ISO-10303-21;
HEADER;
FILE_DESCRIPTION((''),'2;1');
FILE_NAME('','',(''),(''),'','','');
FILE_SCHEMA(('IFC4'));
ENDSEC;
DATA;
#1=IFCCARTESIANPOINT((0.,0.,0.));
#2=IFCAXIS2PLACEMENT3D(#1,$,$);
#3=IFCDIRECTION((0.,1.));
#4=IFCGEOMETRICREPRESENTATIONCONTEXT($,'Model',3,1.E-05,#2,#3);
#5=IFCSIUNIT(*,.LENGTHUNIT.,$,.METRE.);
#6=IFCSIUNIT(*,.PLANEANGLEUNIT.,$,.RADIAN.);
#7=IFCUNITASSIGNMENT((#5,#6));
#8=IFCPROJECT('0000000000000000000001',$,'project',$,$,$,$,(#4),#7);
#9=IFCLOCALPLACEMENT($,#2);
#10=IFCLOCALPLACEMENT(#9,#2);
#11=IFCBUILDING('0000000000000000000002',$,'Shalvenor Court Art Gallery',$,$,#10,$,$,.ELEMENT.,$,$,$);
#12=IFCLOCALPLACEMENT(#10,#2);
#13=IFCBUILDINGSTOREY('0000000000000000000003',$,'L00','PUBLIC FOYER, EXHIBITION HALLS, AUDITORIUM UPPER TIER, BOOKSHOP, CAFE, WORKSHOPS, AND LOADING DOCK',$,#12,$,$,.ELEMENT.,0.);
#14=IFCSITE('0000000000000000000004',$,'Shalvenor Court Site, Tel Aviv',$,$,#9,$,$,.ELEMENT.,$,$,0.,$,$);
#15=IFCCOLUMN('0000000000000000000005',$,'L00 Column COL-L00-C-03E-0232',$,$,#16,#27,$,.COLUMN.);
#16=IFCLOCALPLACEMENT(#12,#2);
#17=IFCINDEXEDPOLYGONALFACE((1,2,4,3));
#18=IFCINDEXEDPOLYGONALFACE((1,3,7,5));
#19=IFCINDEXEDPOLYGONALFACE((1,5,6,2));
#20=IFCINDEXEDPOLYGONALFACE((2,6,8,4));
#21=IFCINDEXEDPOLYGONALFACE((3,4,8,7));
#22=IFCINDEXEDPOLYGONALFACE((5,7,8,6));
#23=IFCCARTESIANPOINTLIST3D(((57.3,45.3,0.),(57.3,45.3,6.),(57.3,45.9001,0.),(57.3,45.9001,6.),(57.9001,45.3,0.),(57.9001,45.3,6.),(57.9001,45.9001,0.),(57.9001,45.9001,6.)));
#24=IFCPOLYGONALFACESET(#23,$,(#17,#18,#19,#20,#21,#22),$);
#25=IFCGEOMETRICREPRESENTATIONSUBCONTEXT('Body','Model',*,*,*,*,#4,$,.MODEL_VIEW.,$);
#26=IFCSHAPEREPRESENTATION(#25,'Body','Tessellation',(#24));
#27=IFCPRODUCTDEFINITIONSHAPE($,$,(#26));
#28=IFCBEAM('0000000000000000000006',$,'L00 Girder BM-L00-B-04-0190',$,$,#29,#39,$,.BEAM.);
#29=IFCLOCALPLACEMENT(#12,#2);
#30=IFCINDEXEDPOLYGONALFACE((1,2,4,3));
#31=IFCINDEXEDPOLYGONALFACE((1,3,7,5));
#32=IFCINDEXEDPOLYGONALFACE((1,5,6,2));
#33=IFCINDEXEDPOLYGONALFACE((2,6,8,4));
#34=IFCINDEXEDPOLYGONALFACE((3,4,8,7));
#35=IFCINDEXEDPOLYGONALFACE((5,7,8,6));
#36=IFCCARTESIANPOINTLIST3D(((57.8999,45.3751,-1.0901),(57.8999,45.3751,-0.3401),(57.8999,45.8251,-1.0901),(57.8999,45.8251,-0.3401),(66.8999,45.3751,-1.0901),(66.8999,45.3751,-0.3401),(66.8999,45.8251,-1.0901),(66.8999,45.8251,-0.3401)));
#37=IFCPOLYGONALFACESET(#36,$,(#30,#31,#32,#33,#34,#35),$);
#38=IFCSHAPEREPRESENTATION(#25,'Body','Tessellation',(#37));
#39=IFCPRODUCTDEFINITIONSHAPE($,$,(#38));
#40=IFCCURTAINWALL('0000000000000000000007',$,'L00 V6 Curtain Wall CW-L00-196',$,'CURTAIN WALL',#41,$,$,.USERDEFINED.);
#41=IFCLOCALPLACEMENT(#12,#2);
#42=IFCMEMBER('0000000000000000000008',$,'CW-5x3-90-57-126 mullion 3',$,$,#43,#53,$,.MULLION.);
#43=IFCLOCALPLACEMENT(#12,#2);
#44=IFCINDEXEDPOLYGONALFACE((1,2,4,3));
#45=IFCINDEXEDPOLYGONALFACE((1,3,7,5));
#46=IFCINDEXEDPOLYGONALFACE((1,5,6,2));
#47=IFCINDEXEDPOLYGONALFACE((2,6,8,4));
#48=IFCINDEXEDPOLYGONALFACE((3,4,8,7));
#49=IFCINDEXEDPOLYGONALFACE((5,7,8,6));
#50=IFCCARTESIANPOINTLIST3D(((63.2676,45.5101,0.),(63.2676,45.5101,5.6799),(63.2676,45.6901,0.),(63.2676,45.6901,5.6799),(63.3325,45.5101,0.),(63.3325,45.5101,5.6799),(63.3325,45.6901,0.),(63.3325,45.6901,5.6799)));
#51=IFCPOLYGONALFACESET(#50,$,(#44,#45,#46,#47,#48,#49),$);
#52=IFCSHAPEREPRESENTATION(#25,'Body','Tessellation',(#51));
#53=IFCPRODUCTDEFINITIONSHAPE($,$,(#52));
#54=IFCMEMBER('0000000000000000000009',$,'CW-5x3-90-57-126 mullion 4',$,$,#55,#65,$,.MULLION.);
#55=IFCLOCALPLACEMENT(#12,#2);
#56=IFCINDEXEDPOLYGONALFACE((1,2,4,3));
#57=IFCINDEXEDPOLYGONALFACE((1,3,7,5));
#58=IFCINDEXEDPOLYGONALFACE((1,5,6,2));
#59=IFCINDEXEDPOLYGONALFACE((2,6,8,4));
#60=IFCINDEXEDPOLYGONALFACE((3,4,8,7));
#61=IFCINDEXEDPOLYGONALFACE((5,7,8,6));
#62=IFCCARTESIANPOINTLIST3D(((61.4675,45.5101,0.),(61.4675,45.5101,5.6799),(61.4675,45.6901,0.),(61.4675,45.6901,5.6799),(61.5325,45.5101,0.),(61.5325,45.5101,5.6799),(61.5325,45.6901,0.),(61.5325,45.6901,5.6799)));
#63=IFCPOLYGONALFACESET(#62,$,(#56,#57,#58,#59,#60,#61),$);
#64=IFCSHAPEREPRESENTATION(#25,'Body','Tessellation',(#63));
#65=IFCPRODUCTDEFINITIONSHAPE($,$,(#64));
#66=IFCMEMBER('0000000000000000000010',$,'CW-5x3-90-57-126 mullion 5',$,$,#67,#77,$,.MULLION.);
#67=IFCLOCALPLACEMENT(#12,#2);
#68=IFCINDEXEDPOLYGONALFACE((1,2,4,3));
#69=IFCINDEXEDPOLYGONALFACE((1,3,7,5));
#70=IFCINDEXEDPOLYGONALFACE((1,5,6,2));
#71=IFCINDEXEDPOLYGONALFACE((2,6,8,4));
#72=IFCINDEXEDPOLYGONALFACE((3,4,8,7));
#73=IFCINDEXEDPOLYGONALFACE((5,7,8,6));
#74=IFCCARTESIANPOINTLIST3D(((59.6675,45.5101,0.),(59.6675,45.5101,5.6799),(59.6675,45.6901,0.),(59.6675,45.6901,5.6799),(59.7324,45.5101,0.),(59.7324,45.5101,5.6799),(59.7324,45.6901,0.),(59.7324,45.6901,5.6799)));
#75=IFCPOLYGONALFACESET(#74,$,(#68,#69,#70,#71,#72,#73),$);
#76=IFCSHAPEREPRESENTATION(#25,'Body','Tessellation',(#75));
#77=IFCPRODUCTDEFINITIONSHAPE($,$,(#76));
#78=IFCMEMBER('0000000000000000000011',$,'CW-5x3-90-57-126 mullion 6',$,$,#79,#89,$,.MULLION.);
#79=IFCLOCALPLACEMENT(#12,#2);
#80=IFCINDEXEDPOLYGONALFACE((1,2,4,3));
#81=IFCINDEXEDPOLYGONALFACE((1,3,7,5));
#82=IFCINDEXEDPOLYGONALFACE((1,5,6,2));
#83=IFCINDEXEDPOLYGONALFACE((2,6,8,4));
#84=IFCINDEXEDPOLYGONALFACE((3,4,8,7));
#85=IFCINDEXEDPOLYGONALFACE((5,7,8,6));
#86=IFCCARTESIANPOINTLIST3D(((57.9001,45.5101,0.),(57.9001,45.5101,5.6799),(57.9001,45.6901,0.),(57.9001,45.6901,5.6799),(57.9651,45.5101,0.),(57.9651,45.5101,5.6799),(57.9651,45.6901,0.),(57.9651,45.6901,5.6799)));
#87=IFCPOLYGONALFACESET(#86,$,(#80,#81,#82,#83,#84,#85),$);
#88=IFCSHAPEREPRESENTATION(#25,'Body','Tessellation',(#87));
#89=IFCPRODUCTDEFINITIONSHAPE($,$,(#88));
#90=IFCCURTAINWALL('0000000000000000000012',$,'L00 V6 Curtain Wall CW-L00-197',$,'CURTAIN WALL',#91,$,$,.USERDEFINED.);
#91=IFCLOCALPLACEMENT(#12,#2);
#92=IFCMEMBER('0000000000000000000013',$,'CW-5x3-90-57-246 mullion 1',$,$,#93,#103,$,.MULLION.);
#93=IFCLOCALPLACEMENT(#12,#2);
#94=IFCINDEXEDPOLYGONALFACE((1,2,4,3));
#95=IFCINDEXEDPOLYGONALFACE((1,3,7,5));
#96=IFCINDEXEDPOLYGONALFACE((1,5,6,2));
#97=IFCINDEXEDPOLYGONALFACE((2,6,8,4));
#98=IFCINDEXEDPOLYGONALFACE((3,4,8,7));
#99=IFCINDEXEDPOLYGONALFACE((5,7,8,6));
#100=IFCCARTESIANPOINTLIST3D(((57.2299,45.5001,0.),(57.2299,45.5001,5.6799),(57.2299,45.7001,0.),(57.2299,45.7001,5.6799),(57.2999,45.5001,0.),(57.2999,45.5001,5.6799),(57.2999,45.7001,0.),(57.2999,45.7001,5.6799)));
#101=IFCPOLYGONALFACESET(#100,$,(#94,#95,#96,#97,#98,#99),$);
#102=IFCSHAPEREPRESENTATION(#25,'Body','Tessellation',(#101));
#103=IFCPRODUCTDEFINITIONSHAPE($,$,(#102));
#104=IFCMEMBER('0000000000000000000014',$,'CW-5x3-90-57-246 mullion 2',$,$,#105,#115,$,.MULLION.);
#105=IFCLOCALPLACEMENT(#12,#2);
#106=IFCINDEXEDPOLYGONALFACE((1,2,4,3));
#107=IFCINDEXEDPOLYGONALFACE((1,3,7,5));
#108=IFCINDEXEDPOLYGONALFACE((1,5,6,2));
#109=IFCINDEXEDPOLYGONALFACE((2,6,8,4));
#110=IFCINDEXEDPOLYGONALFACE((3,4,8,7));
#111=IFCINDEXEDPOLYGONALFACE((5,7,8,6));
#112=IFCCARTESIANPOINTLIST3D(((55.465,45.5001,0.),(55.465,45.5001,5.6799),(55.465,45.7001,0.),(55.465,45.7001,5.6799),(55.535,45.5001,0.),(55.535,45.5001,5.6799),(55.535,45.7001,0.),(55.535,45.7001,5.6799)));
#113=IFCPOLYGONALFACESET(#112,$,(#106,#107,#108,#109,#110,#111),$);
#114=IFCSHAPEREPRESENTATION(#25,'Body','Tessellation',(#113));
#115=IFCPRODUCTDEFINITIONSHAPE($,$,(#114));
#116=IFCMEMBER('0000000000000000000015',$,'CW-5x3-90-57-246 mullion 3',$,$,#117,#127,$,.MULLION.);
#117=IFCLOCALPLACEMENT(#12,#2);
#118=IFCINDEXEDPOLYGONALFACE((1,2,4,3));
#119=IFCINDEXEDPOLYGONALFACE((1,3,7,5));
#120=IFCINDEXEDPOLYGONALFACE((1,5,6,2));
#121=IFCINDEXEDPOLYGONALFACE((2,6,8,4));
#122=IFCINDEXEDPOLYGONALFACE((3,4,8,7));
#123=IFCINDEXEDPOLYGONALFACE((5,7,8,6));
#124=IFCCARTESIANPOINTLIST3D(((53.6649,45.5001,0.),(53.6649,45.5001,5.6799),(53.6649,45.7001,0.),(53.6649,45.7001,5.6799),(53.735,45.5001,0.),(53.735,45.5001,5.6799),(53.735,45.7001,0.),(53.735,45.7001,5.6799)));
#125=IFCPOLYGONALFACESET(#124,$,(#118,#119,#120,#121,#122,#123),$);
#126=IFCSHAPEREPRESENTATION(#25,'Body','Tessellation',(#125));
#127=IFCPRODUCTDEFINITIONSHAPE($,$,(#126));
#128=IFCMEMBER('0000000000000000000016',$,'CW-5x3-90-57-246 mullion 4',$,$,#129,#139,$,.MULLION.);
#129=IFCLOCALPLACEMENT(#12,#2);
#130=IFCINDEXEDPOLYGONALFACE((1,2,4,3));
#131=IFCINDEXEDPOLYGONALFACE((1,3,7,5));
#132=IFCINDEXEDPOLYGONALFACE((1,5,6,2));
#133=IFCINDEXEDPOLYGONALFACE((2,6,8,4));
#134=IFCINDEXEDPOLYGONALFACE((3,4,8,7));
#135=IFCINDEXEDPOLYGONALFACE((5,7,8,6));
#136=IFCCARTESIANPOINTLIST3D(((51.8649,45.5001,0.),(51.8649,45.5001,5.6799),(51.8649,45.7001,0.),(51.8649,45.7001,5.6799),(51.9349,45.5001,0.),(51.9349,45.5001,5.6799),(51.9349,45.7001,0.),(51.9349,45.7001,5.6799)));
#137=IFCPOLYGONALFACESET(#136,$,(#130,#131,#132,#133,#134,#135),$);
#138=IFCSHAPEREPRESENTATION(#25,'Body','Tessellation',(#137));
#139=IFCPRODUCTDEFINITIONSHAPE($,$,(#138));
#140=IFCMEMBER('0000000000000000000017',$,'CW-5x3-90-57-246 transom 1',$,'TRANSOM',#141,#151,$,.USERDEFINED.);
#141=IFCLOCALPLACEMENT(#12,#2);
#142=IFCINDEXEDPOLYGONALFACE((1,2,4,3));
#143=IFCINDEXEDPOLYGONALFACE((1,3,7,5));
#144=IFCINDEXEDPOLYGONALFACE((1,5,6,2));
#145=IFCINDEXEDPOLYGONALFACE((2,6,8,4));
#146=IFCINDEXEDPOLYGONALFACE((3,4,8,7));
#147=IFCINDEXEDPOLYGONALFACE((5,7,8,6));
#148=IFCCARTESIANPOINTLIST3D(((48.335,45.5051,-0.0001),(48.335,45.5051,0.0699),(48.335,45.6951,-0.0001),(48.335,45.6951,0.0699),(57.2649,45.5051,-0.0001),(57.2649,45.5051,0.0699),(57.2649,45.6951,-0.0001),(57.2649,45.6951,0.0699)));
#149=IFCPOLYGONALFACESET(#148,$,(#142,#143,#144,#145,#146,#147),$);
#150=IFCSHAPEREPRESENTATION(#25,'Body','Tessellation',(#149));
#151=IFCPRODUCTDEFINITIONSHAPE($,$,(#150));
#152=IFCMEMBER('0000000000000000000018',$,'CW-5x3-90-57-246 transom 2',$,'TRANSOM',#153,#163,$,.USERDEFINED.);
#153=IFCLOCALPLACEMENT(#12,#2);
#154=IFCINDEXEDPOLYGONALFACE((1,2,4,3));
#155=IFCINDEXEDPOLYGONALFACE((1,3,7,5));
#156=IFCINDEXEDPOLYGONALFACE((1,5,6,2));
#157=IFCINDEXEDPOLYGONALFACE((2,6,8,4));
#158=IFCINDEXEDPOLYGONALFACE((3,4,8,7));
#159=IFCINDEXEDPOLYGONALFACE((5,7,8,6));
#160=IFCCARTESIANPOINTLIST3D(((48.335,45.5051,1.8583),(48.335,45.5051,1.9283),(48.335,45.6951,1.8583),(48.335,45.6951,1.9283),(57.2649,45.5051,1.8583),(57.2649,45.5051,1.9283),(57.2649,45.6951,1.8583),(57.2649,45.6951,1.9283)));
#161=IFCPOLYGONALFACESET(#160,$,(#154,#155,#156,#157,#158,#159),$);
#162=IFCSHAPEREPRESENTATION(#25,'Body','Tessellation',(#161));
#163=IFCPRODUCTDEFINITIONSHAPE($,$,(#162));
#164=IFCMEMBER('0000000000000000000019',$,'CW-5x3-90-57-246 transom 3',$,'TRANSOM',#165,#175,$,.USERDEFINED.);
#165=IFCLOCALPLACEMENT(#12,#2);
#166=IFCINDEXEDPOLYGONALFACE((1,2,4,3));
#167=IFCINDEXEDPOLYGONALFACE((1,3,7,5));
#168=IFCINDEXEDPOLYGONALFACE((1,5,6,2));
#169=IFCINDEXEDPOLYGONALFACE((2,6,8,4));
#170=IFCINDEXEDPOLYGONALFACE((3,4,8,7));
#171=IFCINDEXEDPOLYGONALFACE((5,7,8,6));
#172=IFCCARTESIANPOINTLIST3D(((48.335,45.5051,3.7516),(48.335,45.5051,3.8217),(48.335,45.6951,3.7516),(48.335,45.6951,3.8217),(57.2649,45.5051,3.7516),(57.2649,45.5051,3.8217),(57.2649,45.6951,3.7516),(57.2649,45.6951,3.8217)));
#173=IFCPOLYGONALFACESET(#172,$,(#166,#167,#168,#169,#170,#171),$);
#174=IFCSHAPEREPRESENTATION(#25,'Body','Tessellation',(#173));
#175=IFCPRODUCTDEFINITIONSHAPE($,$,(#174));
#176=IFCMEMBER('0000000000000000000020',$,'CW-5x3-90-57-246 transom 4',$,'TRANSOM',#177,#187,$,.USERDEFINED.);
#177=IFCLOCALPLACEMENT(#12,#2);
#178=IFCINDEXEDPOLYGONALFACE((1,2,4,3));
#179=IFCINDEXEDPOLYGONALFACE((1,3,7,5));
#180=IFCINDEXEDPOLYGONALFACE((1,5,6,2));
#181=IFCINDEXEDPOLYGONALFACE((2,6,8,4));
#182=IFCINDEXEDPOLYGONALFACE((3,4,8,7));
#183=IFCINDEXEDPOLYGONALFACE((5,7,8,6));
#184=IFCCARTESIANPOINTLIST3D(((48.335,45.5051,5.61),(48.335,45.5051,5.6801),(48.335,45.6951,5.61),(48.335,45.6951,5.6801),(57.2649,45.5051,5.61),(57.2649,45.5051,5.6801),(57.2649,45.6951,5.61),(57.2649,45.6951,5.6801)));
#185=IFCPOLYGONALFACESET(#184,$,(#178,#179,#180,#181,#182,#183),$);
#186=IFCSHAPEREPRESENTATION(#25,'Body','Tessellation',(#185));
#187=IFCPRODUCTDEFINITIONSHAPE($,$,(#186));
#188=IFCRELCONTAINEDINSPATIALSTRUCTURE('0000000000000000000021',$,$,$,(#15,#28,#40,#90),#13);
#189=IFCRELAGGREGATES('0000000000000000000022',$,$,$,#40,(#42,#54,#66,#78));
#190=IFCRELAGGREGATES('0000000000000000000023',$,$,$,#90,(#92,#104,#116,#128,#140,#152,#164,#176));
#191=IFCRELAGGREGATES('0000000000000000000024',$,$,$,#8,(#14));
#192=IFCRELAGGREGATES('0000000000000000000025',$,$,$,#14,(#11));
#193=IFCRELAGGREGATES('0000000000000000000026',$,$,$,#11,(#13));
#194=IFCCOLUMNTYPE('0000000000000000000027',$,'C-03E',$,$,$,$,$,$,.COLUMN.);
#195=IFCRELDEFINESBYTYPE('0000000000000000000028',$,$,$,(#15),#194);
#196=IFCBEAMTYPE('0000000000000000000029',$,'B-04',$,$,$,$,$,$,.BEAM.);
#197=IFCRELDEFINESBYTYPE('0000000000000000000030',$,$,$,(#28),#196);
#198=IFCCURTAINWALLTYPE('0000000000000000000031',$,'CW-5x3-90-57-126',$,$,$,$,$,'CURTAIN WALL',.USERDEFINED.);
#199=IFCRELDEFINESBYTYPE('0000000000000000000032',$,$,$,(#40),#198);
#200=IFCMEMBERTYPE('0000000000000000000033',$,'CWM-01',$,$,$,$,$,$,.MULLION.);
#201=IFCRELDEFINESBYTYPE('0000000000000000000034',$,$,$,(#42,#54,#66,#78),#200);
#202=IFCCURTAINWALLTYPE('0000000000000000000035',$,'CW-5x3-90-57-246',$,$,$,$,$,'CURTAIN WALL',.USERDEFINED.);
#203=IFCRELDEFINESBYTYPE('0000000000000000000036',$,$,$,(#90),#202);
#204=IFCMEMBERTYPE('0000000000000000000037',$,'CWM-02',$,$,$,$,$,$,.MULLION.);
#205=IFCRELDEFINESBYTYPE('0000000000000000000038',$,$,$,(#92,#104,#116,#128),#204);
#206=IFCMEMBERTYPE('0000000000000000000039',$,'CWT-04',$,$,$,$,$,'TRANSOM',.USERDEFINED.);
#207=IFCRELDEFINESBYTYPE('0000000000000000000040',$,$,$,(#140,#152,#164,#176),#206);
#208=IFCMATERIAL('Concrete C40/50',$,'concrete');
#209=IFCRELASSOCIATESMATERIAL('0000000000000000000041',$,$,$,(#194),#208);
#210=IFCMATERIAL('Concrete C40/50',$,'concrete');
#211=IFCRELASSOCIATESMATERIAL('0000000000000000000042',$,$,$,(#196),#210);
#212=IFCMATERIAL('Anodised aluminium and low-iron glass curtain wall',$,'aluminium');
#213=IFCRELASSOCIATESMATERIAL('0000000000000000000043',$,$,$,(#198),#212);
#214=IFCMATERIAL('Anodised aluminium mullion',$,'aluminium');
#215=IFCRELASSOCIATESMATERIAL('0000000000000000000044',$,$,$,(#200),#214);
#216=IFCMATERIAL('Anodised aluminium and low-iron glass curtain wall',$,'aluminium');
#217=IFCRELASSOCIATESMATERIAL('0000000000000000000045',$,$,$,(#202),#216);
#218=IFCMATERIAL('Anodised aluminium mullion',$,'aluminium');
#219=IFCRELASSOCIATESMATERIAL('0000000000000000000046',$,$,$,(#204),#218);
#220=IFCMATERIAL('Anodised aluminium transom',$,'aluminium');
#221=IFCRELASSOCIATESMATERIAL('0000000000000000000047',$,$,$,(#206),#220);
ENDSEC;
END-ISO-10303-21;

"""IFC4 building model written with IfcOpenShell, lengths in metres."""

from ifc_helpers import new_model, si_unit, direction, frame, origin, origin_2d, place, context, subcontext, project, spatial, rectangle, extrude, material, material_profile, profile_set, type_object, element, aggregate, save


model = new_model("IFC4")

# Units and contexts
model_context = context("Model", 3, precision=1e-05, world=origin(), true_north=direction((0.0, 1.0)))
body_context = subcontext(model_context, "Body", "Model", "MODEL_VIEW")
ifc_project = project(units=[si_unit("LENGTHUNIT", "METRE"), si_unit("PLANEANGLEUNIT", "RADIAN")], contexts=[model_context])

# Site, building, storey
site_placement = place(None, origin())
site = spatial("IfcSite", under=ifc_project, at=site_placement, Name="Shalvenor Court Site, Tel Aviv", CompositionType="ELEMENT", RefElevation=0.0)
building_placement = place(site_placement, origin())
building = spatial("IfcBuilding", under=site, at=building_placement, Name="Shalvenor Court Art Gallery", CompositionType="ELEMENT")
storey_placement = place(building_placement, origin())
storey = spatial("IfcBuildingStorey", under=building, at=storey_placement, Name="L00", Description="PUBLIC FOYER, EXHIBITION HALLS, AUDITORIUM UPPER TIER, BOOKSHOP, CAFE, WORKSHOPS, AND LOADING DOCK", CompositionType="ELEMENT", Elevation=0.0)

# Column
ifc_material_1 = material(Name="Concrete C40/50", Category="concrete")
ifc_material_profile_1 = material_profile(ifc_material_1, rectangle(XDim=0.6001, YDim=0.6001, at=origin_2d()), Name="RC 600x600")
ifc_profile_set_1 = profile_set([ifc_material_profile_1], Name="Concrete C40/50")
column_type = type_object("IfcColumnType", Name="C-03E", PredefinedType="COLUMN", material=ifc_profile_set_1)
column_placement = place(storey_placement, frame((57.6001, 45.6001, 0.0), z_axis=(0.0, 0.0, 1.0), x_axis=(1.0, 0.0, 0.0)))
element("IfcColumn", 1, at=column_placement, inside=storey, type_object=column_type, Name="L00 Column COL-L00-C-03E-0232", PredefinedType="COLUMN", context=body_context, shape_type="SweptSolid", body=[
    extrude(rectangle(XDim=0.6001, YDim=0.6001, at=origin_2d()), origin(), (0.0, 0.0, 1.0), 6.0),
])

# Beam
ifc_material_2 = material(Name="Concrete C40/50", Category="concrete")
ifc_material_profile_2 = material_profile(ifc_material_2, rectangle(XDim=0.45, YDim=0.75, at=origin_2d()), Name="RC 450x750")
ifc_profile_set_2 = profile_set([ifc_material_profile_2], Name="Concrete C40/50")
beam_type = type_object("IfcBeamType", Name="B-04", PredefinedType="BEAM", material=ifc_profile_set_2)
beam_placement = place(storey_placement, frame((57.8999, 45.6001, -0.7151), z_axis=(1.0, 0.0, 0.0), x_axis=(0.0, 1.0, 0.0)))
element("IfcBeam", 2, at=beam_placement, inside=storey, type_object=beam_type, Name="L00 Girder BM-L00-B-04-0190", PredefinedType="BEAM", context=body_context, shape_type="SweptSolid", body=[
    extrude(rectangle(XDim=0.45, YDim=0.75, at=origin_2d()), origin(), (0.0, 0.0, 1.0), 9.0),
])

# Curtain walls, members
ifc_material_3 = material(Name="Anodised aluminium and low-iron glass curtain wall", Category="aluminium")
curtain_wall_type_1 = type_object("IfcCurtainWallType", Name="CW-5x3-90-57-126", ElementType="CURTAIN WALL", PredefinedType="USERDEFINED", material=ifc_material_3)
curtain_wall_1_placement = place(storey_placement, origin())
curtain_wall_1 = element("IfcCurtainWall", 3, at=curtain_wall_1_placement, inside=storey, type_object=curtain_wall_type_1, Name="L00 V6 Curtain Wall CW-L00-196", ObjectType="CURTAIN WALL", PredefinedType="USERDEFINED")
ifc_material_4 = material(Name="Anodised aluminium mullion", Category="aluminium")
ifc_material_profile_3 = material_profile(ifc_material_4, rectangle(XDim=0.0649, YDim=0.1799, at=origin_2d()), Name="CWM-01")
ifc_profile_set_3 = profile_set([ifc_material_profile_3], Name="Anodised aluminium mullion")
member_type_1 = type_object("IfcMemberType", Name="CWM-01", PredefinedType="MULLION", material=ifc_profile_set_3)
member_1_placement = place(storey_placement, frame((63.3, 45.6001, 0.0), z_axis=(0.0, 0.0, 1.0), x_axis=(-1.0, 0.0, 0.0)))
member_1 = element("IfcMember", 4, at=member_1_placement, type_object=member_type_1, Name="CW-5x3-90-57-126 mullion 3", PredefinedType="MULLION", context=body_context, shape_type="SweptSolid", body=[
    extrude(rectangle(XDim=0.0649, YDim=0.1799, at=origin_2d()), origin(), (0.0, 0.0, 1.0), 5.6799),
])
member_2_placement = place(storey_placement, frame((61.5, 45.6001, 0.0), z_axis=(0.0, 0.0, 1.0), x_axis=(-1.0, 0.0, 0.0)))
member_2 = element("IfcMember", 5, at=member_2_placement, type_object=member_type_1, Name="CW-5x3-90-57-126 mullion 4", PredefinedType="MULLION", context=body_context, shape_type="SweptSolid", body=[
    extrude(rectangle(XDim=0.0649, YDim=0.1799, at=origin_2d()), origin(), (0.0, 0.0, 1.0), 5.6799),
])
member_3_placement = place(storey_placement, frame((59.7, 45.6001, 0.0), z_axis=(0.0, 0.0, 1.0), x_axis=(-1.0, 0.0, 0.0)))
member_3 = element("IfcMember", 6, at=member_3_placement, type_object=member_type_1, Name="CW-5x3-90-57-126 mullion 5", PredefinedType="MULLION", context=body_context, shape_type="SweptSolid", body=[
    extrude(rectangle(XDim=0.0649, YDim=0.1799, at=origin_2d()), origin(), (0.0, 0.0, 1.0), 5.6799),
])
member_4_placement = place(storey_placement, frame((57.9326, 45.6001, 0.0), z_axis=(0.0, 0.0, 1.0), x_axis=(-1.0, 0.0, 0.0)))
member_4 = element("IfcMember", 7, at=member_4_placement, type_object=member_type_1, Name="CW-5x3-90-57-126 mullion 6", PredefinedType="MULLION", context=body_context, shape_type="SweptSolid", body=[
    extrude(rectangle(XDim=0.0649, YDim=0.1799, at=origin_2d()), origin(), (0.0, 0.0, 1.0), 5.6799),
])
ifc_material_5 = material(Name="Anodised aluminium and low-iron glass curtain wall", Category="aluminium")
curtain_wall_type_2 = type_object("IfcCurtainWallType", Name="CW-5x3-90-57-246", ElementType="CURTAIN WALL", PredefinedType="USERDEFINED", material=ifc_material_5)
curtain_wall_2_placement = place(storey_placement, origin())
curtain_wall_2 = element("IfcCurtainWall", 8, at=curtain_wall_2_placement, inside=storey, type_object=curtain_wall_type_2, Name="L00 V6 Curtain Wall CW-L00-197", ObjectType="CURTAIN WALL", PredefinedType="USERDEFINED")
ifc_material_6 = material(Name="Anodised aluminium mullion", Category="aluminium")
ifc_material_profile_4 = material_profile(ifc_material_6, rectangle(XDim=0.0701, YDim=0.2, at=origin_2d()), Name="CWM-02")
ifc_profile_set_4 = profile_set([ifc_material_profile_4], Name="Anodised aluminium mullion")
member_type_2 = type_object("IfcMemberType", Name="CWM-02", PredefinedType="MULLION", material=ifc_profile_set_4)
member_5_placement = place(storey_placement, frame((57.2649, 45.6001, 0.0), z_axis=(0.0, 0.0, 1.0), x_axis=(-1.0, 0.0, 0.0)))
member_5 = element("IfcMember", 9, at=member_5_placement, type_object=member_type_2, Name="CW-5x3-90-57-246 mullion 1", PredefinedType="MULLION", context=body_context, shape_type="SweptSolid", body=[
    extrude(rectangle(XDim=0.0701, YDim=0.2, at=origin_2d()), origin(), (0.0, 0.0, 1.0), 5.6799),
])
member_6_placement = place(storey_placement, frame((55.5, 45.6001, 0.0), z_axis=(0.0, 0.0, 1.0), x_axis=(-1.0, 0.0, 0.0)))
member_6 = element("IfcMember", 10, at=member_6_placement, type_object=member_type_2, Name="CW-5x3-90-57-246 mullion 2", PredefinedType="MULLION", context=body_context, shape_type="SweptSolid", body=[
    extrude(rectangle(XDim=0.0701, YDim=0.2, at=origin_2d()), origin(), (0.0, 0.0, 1.0), 5.6799),
])
member_7_placement = place(storey_placement, frame((53.7, 45.6001, 0.0), z_axis=(0.0, 0.0, 1.0), x_axis=(-1.0, 0.0, 0.0)))
member_7 = element("IfcMember", 11, at=member_7_placement, type_object=member_type_2, Name="CW-5x3-90-57-246 mullion 3", PredefinedType="MULLION", context=body_context, shape_type="SweptSolid", body=[
    extrude(rectangle(XDim=0.0701, YDim=0.2, at=origin_2d()), origin(), (0.0, 0.0, 1.0), 5.6799),
])
member_8_placement = place(storey_placement, frame((51.8999, 45.6001, 0.0), z_axis=(0.0, 0.0, 1.0), x_axis=(-1.0, 0.0, 0.0)))
member_8 = element("IfcMember", 12, at=member_8_placement, type_object=member_type_2, Name="CW-5x3-90-57-246 mullion 4", PredefinedType="MULLION", context=body_context, shape_type="SweptSolid", body=[
    extrude(rectangle(XDim=0.0701, YDim=0.2, at=origin_2d()), origin(), (0.0, 0.0, 1.0), 5.6799),
])
ifc_material_7 = material(Name="Anodised aluminium transom", Category="aluminium")
ifc_material_profile_5 = material_profile(ifc_material_7, rectangle(XDim=0.1899, YDim=0.0701, at=origin_2d()), Name="CWT-04")
ifc_profile_set_5 = profile_set([ifc_material_profile_5], Name="Anodised aluminium transom")
member_type_3 = type_object("IfcMemberType", Name="CWT-04", ElementType="TRANSOM", PredefinedType="USERDEFINED", material=ifc_profile_set_5)
member_9_placement = place(storey_placement, frame((57.2649, 45.6001, 0.0349), z_axis=(-1.0, 0.0, 0.0), x_axis=(0.0, -1.0, 0.0)))
member_9 = element("IfcMember", 13, at=member_9_placement, type_object=member_type_3, Name="CW-5x3-90-57-246 transom 1", ObjectType="TRANSOM", PredefinedType="USERDEFINED", context=body_context, shape_type="SweptSolid", body=[
    extrude(rectangle(XDim=0.1899, YDim=0.0701, at=origin_2d()), origin(), (0.0, 0.0, 1.0), 8.9299),
])
member_10_placement = place(storey_placement, frame((57.2649, 45.6001, 1.8933), z_axis=(-1.0, 0.0, 0.0), x_axis=(0.0, -1.0, 0.0)))
member_10 = element("IfcMember", 14, at=member_10_placement, type_object=member_type_3, Name="CW-5x3-90-57-246 transom 2", ObjectType="TRANSOM", PredefinedType="USERDEFINED", context=body_context, shape_type="SweptSolid", body=[
    extrude(rectangle(XDim=0.1899, YDim=0.0701, at=origin_2d()), origin(), (0.0, 0.0, 1.0), 8.9299),
])
member_11_placement = place(storey_placement, frame((57.2649, 45.6001, 3.7866), z_axis=(-1.0, 0.0, 0.0), x_axis=(0.0, -1.0, 0.0)))
member_11 = element("IfcMember", 15, at=member_11_placement, type_object=member_type_3, Name="CW-5x3-90-57-246 transom 3", ObjectType="TRANSOM", PredefinedType="USERDEFINED", context=body_context, shape_type="SweptSolid", body=[
    extrude(rectangle(XDim=0.1899, YDim=0.0701, at=origin_2d()), origin(), (0.0, 0.0, 1.0), 8.9299),
])
member_12_placement = place(storey_placement, frame((57.2649, 45.6001, 5.645), z_axis=(-1.0, 0.0, 0.0), x_axis=(0.0, -1.0, 0.0)))
member_12 = element("IfcMember", 16, at=member_12_placement, type_object=member_type_3, Name="CW-5x3-90-57-246 transom 4", ObjectType="TRANSOM", PredefinedType="USERDEFINED", context=body_context, shape_type="SweptSolid", body=[
    extrude(rectangle(XDim=0.1899, YDim=0.0701, at=origin_2d()), origin(), (0.0, 0.0, 1.0), 8.9299),
])

aggregate(curtain_wall_1, [member_1, member_2, member_3, member_4])
aggregate(curtain_wall_2, [member_5, member_6, member_7, member_8, member_9, member_10, member_11, member_12])

save(model, "model.ifc")
